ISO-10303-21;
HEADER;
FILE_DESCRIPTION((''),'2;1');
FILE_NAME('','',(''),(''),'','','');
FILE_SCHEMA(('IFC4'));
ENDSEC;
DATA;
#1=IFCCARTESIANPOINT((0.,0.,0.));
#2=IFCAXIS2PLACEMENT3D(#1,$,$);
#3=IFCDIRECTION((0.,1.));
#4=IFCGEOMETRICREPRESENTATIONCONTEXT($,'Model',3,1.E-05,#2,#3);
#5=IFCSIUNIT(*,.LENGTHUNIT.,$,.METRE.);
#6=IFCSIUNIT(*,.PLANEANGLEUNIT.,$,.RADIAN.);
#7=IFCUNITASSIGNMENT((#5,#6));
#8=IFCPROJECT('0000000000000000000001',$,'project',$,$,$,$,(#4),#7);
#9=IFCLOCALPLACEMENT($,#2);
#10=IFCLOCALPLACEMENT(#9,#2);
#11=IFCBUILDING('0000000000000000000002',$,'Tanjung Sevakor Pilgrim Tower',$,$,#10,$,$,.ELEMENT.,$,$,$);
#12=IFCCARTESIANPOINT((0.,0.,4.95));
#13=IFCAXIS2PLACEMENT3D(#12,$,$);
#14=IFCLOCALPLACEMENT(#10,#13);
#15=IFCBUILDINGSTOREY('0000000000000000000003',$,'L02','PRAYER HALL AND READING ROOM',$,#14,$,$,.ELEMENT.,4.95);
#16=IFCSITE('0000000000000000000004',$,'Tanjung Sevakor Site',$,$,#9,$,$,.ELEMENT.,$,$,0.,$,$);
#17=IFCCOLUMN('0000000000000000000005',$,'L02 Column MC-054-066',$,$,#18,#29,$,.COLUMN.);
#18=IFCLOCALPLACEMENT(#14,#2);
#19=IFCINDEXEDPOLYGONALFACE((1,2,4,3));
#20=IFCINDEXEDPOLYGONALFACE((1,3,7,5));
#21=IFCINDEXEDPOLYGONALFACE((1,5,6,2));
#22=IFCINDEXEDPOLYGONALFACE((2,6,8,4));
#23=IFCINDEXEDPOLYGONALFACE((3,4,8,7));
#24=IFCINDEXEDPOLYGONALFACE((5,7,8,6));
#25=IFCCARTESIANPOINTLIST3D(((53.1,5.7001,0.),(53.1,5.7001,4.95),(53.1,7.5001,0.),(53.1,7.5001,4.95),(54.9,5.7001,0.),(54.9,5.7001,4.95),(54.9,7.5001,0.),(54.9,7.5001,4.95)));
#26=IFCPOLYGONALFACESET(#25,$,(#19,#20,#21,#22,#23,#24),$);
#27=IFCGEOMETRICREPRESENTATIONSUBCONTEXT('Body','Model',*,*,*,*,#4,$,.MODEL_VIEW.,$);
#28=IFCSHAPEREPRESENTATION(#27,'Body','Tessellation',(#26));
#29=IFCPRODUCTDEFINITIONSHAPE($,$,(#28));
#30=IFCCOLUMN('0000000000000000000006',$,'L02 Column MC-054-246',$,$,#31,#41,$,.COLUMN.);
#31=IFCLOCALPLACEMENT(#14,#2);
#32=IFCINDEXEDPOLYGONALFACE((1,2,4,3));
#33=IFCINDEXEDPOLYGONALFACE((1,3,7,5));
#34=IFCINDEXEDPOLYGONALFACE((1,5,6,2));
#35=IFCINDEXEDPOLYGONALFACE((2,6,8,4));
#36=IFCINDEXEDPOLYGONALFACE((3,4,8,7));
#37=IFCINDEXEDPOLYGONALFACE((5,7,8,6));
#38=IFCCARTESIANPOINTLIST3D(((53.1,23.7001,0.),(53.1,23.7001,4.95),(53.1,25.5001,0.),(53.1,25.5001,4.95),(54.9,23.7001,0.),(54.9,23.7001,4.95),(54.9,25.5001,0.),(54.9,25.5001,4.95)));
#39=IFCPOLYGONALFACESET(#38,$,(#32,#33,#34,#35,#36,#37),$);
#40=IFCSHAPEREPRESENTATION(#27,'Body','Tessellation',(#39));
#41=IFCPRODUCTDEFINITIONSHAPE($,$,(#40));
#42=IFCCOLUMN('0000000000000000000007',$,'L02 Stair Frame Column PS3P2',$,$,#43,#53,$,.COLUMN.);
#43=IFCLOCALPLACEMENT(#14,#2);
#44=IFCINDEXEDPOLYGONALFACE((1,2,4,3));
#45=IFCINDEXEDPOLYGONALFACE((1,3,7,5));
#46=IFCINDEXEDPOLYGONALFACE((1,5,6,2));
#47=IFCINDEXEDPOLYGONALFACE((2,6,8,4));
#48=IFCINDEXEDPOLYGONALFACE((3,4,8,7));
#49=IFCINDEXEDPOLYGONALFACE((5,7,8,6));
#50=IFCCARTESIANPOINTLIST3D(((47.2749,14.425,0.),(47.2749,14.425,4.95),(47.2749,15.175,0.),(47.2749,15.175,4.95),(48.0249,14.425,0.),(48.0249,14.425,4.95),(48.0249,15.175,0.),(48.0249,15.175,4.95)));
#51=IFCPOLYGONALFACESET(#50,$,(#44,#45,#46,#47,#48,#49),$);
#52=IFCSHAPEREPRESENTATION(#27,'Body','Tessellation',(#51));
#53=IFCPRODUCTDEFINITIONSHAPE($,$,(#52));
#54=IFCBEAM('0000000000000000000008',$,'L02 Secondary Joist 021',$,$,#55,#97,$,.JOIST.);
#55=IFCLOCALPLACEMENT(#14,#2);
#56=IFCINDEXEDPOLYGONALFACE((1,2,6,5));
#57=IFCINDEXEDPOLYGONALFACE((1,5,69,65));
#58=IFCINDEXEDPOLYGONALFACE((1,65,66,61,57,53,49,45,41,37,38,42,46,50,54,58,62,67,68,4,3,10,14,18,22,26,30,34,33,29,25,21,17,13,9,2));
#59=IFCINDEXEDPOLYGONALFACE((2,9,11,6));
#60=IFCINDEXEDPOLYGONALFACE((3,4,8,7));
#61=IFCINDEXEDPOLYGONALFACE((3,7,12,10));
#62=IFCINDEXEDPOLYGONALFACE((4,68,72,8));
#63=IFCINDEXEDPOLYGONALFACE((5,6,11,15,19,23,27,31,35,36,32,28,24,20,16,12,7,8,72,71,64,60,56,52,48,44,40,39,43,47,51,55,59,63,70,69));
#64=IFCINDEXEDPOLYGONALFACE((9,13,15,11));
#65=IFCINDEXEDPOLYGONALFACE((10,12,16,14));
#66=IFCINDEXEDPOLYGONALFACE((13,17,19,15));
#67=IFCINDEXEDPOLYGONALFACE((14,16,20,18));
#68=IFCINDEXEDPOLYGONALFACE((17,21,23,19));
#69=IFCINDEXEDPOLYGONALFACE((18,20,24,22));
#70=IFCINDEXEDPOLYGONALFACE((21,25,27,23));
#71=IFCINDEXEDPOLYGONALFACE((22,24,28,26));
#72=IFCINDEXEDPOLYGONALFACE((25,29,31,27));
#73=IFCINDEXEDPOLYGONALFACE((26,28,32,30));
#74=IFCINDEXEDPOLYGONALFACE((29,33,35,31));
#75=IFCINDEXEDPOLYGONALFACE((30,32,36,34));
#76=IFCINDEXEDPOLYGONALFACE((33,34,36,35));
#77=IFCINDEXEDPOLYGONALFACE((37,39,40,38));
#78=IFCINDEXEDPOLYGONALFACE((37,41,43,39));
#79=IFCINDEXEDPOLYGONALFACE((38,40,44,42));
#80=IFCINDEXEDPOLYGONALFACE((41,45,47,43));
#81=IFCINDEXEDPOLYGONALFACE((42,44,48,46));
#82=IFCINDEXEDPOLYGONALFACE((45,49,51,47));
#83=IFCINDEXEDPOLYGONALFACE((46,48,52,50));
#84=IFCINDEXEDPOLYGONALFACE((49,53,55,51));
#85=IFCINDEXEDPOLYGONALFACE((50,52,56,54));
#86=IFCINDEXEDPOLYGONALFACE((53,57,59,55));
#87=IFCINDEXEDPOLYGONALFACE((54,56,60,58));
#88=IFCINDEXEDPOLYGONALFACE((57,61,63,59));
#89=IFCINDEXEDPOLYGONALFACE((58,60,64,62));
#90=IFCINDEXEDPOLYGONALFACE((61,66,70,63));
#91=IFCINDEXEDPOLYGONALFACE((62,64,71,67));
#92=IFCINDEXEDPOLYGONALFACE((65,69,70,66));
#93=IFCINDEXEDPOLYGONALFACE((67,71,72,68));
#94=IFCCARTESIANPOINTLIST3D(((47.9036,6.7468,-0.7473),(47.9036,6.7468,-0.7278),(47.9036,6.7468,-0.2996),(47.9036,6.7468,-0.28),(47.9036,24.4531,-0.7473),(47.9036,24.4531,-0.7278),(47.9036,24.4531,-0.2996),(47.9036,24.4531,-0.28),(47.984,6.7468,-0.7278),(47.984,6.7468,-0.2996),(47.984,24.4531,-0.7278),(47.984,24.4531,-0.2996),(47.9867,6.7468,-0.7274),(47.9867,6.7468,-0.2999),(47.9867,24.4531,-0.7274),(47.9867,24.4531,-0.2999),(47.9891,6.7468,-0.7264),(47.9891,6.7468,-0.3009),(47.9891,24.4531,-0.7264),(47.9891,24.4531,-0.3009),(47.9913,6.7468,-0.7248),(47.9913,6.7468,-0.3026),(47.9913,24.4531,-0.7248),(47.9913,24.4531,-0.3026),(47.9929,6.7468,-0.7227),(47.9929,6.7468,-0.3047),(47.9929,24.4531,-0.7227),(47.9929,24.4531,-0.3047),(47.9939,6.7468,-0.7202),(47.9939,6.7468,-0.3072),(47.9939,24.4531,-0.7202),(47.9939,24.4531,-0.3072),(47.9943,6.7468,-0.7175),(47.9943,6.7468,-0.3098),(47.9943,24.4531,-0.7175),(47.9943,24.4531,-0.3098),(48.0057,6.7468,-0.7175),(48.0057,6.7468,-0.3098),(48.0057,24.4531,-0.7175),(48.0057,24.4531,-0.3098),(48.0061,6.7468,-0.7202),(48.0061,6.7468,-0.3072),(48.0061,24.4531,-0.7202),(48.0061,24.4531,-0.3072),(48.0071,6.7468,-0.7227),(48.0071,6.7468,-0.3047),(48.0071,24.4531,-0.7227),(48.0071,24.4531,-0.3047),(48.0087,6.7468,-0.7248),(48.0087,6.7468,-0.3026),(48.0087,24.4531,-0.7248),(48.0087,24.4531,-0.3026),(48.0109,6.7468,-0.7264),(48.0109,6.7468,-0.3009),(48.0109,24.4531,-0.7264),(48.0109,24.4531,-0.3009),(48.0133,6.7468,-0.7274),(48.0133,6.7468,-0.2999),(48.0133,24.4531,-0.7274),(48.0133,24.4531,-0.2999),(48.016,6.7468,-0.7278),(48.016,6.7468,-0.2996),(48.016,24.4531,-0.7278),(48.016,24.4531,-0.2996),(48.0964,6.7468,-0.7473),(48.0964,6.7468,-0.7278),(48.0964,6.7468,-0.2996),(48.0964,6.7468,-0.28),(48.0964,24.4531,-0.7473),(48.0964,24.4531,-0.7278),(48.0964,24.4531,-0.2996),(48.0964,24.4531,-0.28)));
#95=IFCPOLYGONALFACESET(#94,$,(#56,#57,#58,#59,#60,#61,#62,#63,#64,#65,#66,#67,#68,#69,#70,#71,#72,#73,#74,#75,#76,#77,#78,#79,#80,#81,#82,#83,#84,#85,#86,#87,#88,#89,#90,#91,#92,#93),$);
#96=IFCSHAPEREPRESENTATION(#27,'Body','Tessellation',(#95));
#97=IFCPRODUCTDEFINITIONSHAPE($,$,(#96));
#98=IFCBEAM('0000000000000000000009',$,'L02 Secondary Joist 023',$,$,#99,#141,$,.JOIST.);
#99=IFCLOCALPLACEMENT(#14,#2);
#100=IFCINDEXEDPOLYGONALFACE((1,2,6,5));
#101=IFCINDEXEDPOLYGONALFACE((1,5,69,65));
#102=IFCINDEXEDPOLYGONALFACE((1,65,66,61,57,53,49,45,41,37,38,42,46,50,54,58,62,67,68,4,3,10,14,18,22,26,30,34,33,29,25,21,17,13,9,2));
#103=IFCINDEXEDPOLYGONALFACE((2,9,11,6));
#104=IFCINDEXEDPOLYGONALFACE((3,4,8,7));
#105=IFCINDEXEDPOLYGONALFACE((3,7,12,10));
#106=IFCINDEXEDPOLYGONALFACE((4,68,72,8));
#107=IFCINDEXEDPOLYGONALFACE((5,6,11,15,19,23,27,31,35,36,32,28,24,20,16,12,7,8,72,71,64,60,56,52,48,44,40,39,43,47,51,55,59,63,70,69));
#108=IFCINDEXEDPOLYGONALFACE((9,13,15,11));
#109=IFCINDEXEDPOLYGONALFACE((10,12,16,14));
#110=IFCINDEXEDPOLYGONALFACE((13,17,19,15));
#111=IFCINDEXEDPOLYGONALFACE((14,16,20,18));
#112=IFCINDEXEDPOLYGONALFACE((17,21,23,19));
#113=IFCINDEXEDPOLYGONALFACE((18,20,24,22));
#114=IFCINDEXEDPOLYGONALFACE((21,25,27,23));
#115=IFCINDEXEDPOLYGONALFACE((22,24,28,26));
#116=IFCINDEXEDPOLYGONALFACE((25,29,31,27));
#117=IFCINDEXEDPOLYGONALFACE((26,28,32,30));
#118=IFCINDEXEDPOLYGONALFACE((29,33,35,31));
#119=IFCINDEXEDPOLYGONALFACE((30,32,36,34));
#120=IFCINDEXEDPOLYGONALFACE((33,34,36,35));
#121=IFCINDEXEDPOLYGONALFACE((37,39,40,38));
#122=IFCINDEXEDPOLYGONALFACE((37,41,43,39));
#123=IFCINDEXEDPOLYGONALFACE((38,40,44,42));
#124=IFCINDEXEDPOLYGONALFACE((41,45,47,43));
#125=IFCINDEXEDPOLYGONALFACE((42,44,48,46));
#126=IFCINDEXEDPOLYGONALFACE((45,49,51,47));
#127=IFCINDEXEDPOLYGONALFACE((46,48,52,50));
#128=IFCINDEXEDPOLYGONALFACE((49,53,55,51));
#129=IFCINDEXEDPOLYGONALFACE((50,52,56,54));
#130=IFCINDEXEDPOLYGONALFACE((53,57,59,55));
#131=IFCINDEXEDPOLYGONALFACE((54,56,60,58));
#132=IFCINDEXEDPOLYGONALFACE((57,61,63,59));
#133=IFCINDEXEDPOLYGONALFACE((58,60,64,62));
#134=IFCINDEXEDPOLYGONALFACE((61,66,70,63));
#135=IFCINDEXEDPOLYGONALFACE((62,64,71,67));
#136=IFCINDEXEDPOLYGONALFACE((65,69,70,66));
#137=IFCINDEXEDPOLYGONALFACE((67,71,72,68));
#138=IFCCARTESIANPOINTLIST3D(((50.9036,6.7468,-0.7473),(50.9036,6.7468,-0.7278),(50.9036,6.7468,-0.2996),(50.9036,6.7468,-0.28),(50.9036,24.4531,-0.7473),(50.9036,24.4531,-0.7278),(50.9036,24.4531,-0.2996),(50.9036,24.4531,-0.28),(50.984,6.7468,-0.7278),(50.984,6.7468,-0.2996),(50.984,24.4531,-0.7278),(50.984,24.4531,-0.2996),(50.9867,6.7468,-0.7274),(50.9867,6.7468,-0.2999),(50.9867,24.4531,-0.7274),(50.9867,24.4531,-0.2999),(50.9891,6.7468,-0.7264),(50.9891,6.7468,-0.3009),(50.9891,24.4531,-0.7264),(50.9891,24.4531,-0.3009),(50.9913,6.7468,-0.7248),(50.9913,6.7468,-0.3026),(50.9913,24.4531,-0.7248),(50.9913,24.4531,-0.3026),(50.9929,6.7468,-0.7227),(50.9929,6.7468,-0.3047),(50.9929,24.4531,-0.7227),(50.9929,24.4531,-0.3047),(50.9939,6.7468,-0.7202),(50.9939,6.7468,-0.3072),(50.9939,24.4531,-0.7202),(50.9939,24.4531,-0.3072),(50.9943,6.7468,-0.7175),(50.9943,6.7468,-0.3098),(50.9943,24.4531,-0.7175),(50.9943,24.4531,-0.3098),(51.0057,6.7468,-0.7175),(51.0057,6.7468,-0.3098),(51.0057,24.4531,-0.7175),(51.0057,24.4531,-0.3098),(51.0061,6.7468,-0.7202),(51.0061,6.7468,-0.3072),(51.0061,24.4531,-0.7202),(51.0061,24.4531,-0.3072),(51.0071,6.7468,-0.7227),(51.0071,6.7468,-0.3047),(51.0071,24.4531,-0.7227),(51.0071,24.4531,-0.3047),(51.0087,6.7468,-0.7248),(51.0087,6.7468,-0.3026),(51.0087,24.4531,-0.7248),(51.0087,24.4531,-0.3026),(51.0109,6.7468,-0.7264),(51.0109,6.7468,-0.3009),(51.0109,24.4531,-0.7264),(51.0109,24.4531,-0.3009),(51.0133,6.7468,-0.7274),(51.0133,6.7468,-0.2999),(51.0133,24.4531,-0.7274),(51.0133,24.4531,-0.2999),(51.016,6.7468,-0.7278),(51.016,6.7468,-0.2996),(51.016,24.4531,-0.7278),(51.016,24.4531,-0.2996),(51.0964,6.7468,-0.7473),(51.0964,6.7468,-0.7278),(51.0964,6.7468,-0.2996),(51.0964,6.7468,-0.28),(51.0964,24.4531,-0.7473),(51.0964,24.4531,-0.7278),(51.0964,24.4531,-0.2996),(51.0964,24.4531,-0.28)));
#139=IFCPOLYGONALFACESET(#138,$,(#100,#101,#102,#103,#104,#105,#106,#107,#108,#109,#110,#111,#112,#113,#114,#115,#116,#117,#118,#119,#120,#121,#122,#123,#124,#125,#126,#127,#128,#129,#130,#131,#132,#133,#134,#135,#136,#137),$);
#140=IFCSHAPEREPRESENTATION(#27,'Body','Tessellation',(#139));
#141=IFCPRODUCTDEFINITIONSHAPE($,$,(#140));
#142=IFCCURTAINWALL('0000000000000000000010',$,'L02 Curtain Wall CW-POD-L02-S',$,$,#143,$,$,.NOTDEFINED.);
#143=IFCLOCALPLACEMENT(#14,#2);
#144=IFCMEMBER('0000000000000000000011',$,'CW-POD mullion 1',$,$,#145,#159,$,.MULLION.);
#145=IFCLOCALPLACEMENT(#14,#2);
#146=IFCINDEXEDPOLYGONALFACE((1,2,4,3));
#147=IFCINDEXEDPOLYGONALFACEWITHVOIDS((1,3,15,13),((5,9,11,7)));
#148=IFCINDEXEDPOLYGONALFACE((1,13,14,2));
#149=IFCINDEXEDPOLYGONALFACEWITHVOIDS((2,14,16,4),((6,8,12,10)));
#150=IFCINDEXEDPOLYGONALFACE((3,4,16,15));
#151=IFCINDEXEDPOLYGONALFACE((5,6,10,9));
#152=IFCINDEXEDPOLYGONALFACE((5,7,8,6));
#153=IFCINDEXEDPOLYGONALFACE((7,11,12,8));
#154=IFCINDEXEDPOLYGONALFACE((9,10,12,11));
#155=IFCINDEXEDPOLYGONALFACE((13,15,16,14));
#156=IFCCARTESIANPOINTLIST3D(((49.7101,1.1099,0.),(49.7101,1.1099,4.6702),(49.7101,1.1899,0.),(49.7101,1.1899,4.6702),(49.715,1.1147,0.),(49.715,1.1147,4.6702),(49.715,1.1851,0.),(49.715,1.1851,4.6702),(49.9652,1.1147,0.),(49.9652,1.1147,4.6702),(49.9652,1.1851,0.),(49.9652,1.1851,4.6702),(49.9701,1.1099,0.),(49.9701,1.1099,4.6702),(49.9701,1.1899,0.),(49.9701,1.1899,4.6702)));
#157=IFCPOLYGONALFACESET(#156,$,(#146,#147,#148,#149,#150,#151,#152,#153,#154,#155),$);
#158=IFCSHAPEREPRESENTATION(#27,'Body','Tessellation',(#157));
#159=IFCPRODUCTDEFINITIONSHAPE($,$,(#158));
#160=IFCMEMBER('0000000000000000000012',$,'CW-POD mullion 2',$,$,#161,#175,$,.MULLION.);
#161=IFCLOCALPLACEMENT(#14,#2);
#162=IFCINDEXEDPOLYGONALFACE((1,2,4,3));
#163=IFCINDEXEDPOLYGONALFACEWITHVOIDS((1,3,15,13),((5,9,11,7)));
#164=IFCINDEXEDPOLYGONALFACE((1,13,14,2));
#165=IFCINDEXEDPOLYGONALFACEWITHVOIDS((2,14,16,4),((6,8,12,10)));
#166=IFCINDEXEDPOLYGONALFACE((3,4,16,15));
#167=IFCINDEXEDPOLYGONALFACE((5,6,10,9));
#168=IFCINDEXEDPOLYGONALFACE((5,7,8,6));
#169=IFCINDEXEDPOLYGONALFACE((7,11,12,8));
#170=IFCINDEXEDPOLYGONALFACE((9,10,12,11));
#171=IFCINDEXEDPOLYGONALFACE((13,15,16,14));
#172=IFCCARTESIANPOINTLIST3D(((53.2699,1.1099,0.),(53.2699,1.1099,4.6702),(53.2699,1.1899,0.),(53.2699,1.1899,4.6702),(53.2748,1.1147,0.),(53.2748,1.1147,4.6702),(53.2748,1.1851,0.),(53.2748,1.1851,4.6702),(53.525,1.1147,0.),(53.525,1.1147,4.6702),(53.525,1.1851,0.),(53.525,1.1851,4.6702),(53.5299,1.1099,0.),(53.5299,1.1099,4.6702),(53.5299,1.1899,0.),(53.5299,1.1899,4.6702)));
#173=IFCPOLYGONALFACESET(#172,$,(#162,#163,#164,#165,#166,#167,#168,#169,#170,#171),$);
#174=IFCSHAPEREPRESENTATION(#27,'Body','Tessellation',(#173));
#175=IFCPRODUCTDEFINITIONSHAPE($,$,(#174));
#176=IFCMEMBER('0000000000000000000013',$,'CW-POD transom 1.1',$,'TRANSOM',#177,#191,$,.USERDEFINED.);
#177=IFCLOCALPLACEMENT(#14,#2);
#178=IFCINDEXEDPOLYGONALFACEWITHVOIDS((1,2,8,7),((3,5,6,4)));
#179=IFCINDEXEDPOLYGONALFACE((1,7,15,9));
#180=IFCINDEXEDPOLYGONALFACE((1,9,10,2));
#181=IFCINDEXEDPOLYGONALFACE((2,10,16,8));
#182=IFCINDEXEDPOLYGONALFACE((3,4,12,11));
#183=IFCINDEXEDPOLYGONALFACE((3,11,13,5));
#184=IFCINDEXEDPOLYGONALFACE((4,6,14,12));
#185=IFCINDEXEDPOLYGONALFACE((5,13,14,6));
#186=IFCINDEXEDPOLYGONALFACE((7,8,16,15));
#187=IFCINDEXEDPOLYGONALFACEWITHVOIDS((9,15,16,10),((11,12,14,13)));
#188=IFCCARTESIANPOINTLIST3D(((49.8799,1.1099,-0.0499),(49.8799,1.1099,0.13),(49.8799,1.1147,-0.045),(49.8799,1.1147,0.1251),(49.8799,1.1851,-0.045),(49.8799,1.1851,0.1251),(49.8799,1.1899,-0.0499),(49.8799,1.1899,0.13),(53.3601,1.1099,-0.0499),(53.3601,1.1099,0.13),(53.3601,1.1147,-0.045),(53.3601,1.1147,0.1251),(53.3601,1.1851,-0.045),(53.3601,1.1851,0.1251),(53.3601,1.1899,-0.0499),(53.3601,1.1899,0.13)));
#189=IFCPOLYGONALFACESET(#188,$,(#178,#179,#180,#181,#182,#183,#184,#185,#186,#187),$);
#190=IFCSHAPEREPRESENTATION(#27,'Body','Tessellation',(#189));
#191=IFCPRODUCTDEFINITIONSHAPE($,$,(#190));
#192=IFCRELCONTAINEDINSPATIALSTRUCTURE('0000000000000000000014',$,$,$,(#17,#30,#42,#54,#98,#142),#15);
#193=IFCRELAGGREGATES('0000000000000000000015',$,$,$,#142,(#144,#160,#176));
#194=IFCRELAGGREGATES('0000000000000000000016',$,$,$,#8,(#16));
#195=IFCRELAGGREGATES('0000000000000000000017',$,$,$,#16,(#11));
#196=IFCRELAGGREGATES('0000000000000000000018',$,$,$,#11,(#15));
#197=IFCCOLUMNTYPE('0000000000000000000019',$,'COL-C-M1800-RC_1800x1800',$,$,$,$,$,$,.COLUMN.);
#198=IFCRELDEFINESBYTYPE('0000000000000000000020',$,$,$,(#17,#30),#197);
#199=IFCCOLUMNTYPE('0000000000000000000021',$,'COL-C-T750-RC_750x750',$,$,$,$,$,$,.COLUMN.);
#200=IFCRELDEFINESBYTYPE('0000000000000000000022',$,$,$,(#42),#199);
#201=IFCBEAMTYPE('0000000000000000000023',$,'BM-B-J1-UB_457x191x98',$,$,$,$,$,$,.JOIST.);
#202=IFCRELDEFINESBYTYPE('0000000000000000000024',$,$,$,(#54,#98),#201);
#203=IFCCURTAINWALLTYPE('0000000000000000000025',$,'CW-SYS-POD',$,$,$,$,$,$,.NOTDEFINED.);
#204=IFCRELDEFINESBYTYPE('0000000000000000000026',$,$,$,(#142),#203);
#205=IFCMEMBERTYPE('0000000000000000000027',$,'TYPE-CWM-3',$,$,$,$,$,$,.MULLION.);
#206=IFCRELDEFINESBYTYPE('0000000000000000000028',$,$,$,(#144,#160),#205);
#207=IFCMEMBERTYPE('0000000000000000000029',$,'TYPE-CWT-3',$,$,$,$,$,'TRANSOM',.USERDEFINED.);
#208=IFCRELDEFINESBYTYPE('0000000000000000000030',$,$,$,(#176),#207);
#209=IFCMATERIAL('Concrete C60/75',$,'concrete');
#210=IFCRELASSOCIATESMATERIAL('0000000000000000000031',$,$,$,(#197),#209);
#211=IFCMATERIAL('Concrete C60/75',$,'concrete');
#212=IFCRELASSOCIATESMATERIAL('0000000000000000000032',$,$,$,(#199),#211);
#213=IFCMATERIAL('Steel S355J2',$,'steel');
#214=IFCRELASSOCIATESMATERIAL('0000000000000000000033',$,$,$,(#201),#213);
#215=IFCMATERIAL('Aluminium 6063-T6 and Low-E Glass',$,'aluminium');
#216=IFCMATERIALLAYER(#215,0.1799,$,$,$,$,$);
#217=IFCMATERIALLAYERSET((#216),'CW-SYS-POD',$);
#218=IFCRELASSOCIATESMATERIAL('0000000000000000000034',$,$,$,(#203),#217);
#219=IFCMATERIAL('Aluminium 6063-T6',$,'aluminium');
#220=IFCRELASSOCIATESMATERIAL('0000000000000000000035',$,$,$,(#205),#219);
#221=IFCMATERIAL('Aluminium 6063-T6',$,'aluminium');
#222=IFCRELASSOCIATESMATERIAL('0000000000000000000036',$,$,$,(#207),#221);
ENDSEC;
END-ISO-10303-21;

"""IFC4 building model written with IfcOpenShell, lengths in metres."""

from ifc_helpers import new_model, si_unit, direction, frame, origin, origin_2d, place, context, subcontext, project, spatial, rectangle, hollow_rectangle, i_section, extrude, material, layer, layer_set, material_profile, profile_set, type_object, element, aggregate, save


model = new_model("IFC4")

# Units and contexts
model_context = context("Model", 3, precision=1e-05, world=origin(), true_north=direction((0.0, 1.0)))
body_context = subcontext(model_context, "Body", "Model", "MODEL_VIEW")
ifc_project = project(units=[si_unit("LENGTHUNIT", "METRE"), si_unit("PLANEANGLEUNIT", "RADIAN")], contexts=[model_context])

# Site, building, storey
site_placement = place(None, origin())
site = spatial("IfcSite", under=ifc_project, at=site_placement, Name="Tanjung Sevakor Site", CompositionType="ELEMENT", RefElevation=0.0)
building_placement = place(site_placement, origin())
building = spatial("IfcBuilding", under=site, at=building_placement, Name="Tanjung Sevakor Pilgrim Tower", CompositionType="ELEMENT")
storey_placement = place(building_placement, frame((0.0, 0.0, 4.95)))
storey = spatial("IfcBuildingStorey", under=building, at=storey_placement, Name="L02", Description="PRAYER HALL AND READING ROOM", CompositionType="ELEMENT", Elevation=4.95)

# Columns
ifc_material_1 = material(Name="Concrete C60/75", Category="concrete")
ifc_material_profile_1 = material_profile(ifc_material_1, rectangle(XDim=1.8, YDim=1.8, at=origin_2d()))
ifc_profile_set_1 = profile_set([ifc_material_profile_1], Name="Concrete C60/75")
column_type_1 = type_object("IfcColumnType", Name="COL-C-M1800-RC_1800x1800", PredefinedType="COLUMN", material=ifc_profile_set_1)
for number, where, z_axis, x_axis, name in (
    (1, (54.0, 6.6001, 0.0), (0.0, 0.0, 1.0), (1.0, 0.0, 0.0), "L02 Column MC-054-066"),
    (2, (54.0, 24.6001, 0.0), (0.0, 0.0, 1.0), (1.0, 0.0, 0.0), "L02 Column MC-054-246"),
):
    element("IfcColumn", number, at=place(storey_placement, frame(where, z_axis=z_axis, x_axis=x_axis)), inside=storey, type_object=column_type_1, Name=name, PredefinedType="COLUMN", context=body_context, shape_type="SweptSolid", body=[
        extrude(rectangle(XDim=1.8, YDim=1.8, at=origin_2d()), origin(), (0.0, 0.0, 1.0), 4.95),
    ])
ifc_material_2 = material(Name="Concrete C60/75", Category="concrete")
ifc_material_profile_2 = material_profile(ifc_material_2, rectangle(XDim=0.75, YDim=0.75, at=origin_2d()))
ifc_profile_set_2 = profile_set([ifc_material_profile_2], Name="Concrete C60/75")
column_type_2 = type_object("IfcColumnType", Name="COL-C-T750-RC_750x750", PredefinedType="COLUMN", material=ifc_profile_set_2)
column_placement = place(storey_placement, frame((47.6499, 14.8, 0.0), z_axis=(0.0, 0.0, 1.0), x_axis=(1.0, 0.0, 0.0)))
element("IfcColumn", 3, at=column_placement, inside=storey, type_object=column_type_2, Name="L02 Stair Frame Column PS3P2", PredefinedType="COLUMN", context=body_context, shape_type="SweptSolid", body=[
    extrude(rectangle(XDim=0.75, YDim=0.75, at=origin_2d()), origin(), (0.0, 0.0, 1.0), 4.95),
])

# Beams
ifc_material_3 = material(Name="Steel S355J2", Category="steel")
ifc_material_profile_3 = material_profile(ifc_material_3, i_section(OverallWidth=0.1929, OverallDepth=0.4673, WebThickness=0.0115, FlangeThickness=0.0195, FilletRadius=0.0103, at=origin_2d()))
ifc_profile_set_3 = profile_set([ifc_material_profile_3], Name="Steel S355J2")
beam_type = type_object("IfcBeamType", Name="BM-B-J1-UB_457x191x98", PredefinedType="JOIST", material=ifc_profile_set_3)
for number, where, z_axis, x_axis, name in (
    (4, (48.0, 6.7468, -0.5137), (0.0, 1.0, 0.0), (-1.0, 0.0, 0.0), "L02 Secondary Joist 021"),
    (5, (51.0, 6.7468, -0.5137), (0.0, 1.0, 0.0), (-1.0, 0.0, 0.0), "L02 Secondary Joist 023"),
):
    element("IfcBeam", number, at=place(storey_placement, frame(where, z_axis=z_axis, x_axis=x_axis)), inside=storey, type_object=beam_type, Name=name, PredefinedType="JOIST", context=body_context, shape_type="SweptSolid", body=[
        extrude(i_section(OverallWidth=0.1929, OverallDepth=0.4673, WebThickness=0.0115, FlangeThickness=0.0195, FilletRadius=0.0103, at=origin_2d()), origin(), (0.0, 0.0, 1.0), 17.7063),
    ])

# Curtain wall, members
ifc_material_4 = material(Name="Aluminium 6063-T6 and Low-E Glass", Category="aluminium")
ifc_layer_1 = layer(ifc_material_4, 0.1799)
ifc_layer_set_1 = layer_set([ifc_layer_1], Name="CW-SYS-POD")
curtain_wall_type = type_object("IfcCurtainWallType", Name="CW-SYS-POD", PredefinedType="NOTDEFINED", material=ifc_layer_set_1)
curtain_wall_placement = place(storey_placement, origin())
curtain_wall = element("IfcCurtainWall", 6, at=curtain_wall_placement, inside=storey, type_object=curtain_wall_type, Name="L02 Curtain Wall CW-POD-L02-S", PredefinedType="NOTDEFINED")
ifc_material_5 = material(Name="Aluminium 6063-T6", Category="aluminium")
ifc_material_profile_4 = material_profile(ifc_material_5, hollow_rectangle(XDim=0.0801, YDim=0.26, WallThickness=0.0049, at=origin_2d()))
ifc_profile_set_4 = profile_set([ifc_material_profile_4], Name="Aluminium 6063-T6")
member_type_1 = type_object("IfcMemberType", Name="TYPE-CWM-3", PredefinedType="MULLION", material=ifc_profile_set_4)
member_1_placement = place(storey_placement, frame((49.8401, 1.1499, 0.0), z_axis=(0.0, 0.0, 1.0), x_axis=(0.0, 1.0, 0.0)))
member_1 = element("IfcMember", 7, at=member_1_placement, type_object=member_type_1, Name="CW-POD mullion 1", PredefinedType="MULLION", context=body_context, shape_type="SweptSolid", body=[
    extrude(hollow_rectangle(XDim=0.0801, YDim=0.26, WallThickness=0.0049, at=origin_2d()), origin(), (0.0, 0.0, 1.0), 4.6702),
])
member_2_placement = place(storey_placement, frame((53.3999, 1.1499, 0.0), z_axis=(0.0, 0.0, 1.0), x_axis=(0.0, 1.0, 0.0)))
member_2 = element("IfcMember", 8, at=member_2_placement, type_object=member_type_1, Name="CW-POD mullion 2", PredefinedType="MULLION", context=body_context, shape_type="SweptSolid", body=[
    extrude(hollow_rectangle(XDim=0.0801, YDim=0.26, WallThickness=0.0049, at=origin_2d()), origin(), (0.0, 0.0, 1.0), 4.6702),
])
ifc_material_6 = material(Name="Aluminium 6063-T6", Category="aluminium")
ifc_material_profile_5 = material_profile(ifc_material_6, hollow_rectangle(XDim=0.0801, YDim=0.1799, WallThickness=0.0049, at=origin_2d()))
ifc_profile_set_5 = profile_set([ifc_material_profile_5], Name="Aluminium 6063-T6")
member_type_2 = type_object("IfcMemberType", Name="TYPE-CWT-3", ElementType="TRANSOM", PredefinedType="USERDEFINED", material=ifc_profile_set_5)
member_3_placement = place(storey_placement, frame((49.8799, 1.1499, 0.04), z_axis=(1.0, 0.0, 0.0), x_axis=(0.0, 1.0, 0.0)))
member_3 = element("IfcMember", 9, at=member_3_placement, type_object=member_type_2, Name="CW-POD transom 1.1", ObjectType="TRANSOM", PredefinedType="USERDEFINED", context=body_context, shape_type="SweptSolid", body=[
    extrude(hollow_rectangle(XDim=0.0801, YDim=0.1799, WallThickness=0.0049, at=origin_2d()), origin(), (0.0, 0.0, 1.0), 3.4802),
])
aggregate(curtain_wall, [member_1, member_2, member_3])

save(model, "model.ifc")
